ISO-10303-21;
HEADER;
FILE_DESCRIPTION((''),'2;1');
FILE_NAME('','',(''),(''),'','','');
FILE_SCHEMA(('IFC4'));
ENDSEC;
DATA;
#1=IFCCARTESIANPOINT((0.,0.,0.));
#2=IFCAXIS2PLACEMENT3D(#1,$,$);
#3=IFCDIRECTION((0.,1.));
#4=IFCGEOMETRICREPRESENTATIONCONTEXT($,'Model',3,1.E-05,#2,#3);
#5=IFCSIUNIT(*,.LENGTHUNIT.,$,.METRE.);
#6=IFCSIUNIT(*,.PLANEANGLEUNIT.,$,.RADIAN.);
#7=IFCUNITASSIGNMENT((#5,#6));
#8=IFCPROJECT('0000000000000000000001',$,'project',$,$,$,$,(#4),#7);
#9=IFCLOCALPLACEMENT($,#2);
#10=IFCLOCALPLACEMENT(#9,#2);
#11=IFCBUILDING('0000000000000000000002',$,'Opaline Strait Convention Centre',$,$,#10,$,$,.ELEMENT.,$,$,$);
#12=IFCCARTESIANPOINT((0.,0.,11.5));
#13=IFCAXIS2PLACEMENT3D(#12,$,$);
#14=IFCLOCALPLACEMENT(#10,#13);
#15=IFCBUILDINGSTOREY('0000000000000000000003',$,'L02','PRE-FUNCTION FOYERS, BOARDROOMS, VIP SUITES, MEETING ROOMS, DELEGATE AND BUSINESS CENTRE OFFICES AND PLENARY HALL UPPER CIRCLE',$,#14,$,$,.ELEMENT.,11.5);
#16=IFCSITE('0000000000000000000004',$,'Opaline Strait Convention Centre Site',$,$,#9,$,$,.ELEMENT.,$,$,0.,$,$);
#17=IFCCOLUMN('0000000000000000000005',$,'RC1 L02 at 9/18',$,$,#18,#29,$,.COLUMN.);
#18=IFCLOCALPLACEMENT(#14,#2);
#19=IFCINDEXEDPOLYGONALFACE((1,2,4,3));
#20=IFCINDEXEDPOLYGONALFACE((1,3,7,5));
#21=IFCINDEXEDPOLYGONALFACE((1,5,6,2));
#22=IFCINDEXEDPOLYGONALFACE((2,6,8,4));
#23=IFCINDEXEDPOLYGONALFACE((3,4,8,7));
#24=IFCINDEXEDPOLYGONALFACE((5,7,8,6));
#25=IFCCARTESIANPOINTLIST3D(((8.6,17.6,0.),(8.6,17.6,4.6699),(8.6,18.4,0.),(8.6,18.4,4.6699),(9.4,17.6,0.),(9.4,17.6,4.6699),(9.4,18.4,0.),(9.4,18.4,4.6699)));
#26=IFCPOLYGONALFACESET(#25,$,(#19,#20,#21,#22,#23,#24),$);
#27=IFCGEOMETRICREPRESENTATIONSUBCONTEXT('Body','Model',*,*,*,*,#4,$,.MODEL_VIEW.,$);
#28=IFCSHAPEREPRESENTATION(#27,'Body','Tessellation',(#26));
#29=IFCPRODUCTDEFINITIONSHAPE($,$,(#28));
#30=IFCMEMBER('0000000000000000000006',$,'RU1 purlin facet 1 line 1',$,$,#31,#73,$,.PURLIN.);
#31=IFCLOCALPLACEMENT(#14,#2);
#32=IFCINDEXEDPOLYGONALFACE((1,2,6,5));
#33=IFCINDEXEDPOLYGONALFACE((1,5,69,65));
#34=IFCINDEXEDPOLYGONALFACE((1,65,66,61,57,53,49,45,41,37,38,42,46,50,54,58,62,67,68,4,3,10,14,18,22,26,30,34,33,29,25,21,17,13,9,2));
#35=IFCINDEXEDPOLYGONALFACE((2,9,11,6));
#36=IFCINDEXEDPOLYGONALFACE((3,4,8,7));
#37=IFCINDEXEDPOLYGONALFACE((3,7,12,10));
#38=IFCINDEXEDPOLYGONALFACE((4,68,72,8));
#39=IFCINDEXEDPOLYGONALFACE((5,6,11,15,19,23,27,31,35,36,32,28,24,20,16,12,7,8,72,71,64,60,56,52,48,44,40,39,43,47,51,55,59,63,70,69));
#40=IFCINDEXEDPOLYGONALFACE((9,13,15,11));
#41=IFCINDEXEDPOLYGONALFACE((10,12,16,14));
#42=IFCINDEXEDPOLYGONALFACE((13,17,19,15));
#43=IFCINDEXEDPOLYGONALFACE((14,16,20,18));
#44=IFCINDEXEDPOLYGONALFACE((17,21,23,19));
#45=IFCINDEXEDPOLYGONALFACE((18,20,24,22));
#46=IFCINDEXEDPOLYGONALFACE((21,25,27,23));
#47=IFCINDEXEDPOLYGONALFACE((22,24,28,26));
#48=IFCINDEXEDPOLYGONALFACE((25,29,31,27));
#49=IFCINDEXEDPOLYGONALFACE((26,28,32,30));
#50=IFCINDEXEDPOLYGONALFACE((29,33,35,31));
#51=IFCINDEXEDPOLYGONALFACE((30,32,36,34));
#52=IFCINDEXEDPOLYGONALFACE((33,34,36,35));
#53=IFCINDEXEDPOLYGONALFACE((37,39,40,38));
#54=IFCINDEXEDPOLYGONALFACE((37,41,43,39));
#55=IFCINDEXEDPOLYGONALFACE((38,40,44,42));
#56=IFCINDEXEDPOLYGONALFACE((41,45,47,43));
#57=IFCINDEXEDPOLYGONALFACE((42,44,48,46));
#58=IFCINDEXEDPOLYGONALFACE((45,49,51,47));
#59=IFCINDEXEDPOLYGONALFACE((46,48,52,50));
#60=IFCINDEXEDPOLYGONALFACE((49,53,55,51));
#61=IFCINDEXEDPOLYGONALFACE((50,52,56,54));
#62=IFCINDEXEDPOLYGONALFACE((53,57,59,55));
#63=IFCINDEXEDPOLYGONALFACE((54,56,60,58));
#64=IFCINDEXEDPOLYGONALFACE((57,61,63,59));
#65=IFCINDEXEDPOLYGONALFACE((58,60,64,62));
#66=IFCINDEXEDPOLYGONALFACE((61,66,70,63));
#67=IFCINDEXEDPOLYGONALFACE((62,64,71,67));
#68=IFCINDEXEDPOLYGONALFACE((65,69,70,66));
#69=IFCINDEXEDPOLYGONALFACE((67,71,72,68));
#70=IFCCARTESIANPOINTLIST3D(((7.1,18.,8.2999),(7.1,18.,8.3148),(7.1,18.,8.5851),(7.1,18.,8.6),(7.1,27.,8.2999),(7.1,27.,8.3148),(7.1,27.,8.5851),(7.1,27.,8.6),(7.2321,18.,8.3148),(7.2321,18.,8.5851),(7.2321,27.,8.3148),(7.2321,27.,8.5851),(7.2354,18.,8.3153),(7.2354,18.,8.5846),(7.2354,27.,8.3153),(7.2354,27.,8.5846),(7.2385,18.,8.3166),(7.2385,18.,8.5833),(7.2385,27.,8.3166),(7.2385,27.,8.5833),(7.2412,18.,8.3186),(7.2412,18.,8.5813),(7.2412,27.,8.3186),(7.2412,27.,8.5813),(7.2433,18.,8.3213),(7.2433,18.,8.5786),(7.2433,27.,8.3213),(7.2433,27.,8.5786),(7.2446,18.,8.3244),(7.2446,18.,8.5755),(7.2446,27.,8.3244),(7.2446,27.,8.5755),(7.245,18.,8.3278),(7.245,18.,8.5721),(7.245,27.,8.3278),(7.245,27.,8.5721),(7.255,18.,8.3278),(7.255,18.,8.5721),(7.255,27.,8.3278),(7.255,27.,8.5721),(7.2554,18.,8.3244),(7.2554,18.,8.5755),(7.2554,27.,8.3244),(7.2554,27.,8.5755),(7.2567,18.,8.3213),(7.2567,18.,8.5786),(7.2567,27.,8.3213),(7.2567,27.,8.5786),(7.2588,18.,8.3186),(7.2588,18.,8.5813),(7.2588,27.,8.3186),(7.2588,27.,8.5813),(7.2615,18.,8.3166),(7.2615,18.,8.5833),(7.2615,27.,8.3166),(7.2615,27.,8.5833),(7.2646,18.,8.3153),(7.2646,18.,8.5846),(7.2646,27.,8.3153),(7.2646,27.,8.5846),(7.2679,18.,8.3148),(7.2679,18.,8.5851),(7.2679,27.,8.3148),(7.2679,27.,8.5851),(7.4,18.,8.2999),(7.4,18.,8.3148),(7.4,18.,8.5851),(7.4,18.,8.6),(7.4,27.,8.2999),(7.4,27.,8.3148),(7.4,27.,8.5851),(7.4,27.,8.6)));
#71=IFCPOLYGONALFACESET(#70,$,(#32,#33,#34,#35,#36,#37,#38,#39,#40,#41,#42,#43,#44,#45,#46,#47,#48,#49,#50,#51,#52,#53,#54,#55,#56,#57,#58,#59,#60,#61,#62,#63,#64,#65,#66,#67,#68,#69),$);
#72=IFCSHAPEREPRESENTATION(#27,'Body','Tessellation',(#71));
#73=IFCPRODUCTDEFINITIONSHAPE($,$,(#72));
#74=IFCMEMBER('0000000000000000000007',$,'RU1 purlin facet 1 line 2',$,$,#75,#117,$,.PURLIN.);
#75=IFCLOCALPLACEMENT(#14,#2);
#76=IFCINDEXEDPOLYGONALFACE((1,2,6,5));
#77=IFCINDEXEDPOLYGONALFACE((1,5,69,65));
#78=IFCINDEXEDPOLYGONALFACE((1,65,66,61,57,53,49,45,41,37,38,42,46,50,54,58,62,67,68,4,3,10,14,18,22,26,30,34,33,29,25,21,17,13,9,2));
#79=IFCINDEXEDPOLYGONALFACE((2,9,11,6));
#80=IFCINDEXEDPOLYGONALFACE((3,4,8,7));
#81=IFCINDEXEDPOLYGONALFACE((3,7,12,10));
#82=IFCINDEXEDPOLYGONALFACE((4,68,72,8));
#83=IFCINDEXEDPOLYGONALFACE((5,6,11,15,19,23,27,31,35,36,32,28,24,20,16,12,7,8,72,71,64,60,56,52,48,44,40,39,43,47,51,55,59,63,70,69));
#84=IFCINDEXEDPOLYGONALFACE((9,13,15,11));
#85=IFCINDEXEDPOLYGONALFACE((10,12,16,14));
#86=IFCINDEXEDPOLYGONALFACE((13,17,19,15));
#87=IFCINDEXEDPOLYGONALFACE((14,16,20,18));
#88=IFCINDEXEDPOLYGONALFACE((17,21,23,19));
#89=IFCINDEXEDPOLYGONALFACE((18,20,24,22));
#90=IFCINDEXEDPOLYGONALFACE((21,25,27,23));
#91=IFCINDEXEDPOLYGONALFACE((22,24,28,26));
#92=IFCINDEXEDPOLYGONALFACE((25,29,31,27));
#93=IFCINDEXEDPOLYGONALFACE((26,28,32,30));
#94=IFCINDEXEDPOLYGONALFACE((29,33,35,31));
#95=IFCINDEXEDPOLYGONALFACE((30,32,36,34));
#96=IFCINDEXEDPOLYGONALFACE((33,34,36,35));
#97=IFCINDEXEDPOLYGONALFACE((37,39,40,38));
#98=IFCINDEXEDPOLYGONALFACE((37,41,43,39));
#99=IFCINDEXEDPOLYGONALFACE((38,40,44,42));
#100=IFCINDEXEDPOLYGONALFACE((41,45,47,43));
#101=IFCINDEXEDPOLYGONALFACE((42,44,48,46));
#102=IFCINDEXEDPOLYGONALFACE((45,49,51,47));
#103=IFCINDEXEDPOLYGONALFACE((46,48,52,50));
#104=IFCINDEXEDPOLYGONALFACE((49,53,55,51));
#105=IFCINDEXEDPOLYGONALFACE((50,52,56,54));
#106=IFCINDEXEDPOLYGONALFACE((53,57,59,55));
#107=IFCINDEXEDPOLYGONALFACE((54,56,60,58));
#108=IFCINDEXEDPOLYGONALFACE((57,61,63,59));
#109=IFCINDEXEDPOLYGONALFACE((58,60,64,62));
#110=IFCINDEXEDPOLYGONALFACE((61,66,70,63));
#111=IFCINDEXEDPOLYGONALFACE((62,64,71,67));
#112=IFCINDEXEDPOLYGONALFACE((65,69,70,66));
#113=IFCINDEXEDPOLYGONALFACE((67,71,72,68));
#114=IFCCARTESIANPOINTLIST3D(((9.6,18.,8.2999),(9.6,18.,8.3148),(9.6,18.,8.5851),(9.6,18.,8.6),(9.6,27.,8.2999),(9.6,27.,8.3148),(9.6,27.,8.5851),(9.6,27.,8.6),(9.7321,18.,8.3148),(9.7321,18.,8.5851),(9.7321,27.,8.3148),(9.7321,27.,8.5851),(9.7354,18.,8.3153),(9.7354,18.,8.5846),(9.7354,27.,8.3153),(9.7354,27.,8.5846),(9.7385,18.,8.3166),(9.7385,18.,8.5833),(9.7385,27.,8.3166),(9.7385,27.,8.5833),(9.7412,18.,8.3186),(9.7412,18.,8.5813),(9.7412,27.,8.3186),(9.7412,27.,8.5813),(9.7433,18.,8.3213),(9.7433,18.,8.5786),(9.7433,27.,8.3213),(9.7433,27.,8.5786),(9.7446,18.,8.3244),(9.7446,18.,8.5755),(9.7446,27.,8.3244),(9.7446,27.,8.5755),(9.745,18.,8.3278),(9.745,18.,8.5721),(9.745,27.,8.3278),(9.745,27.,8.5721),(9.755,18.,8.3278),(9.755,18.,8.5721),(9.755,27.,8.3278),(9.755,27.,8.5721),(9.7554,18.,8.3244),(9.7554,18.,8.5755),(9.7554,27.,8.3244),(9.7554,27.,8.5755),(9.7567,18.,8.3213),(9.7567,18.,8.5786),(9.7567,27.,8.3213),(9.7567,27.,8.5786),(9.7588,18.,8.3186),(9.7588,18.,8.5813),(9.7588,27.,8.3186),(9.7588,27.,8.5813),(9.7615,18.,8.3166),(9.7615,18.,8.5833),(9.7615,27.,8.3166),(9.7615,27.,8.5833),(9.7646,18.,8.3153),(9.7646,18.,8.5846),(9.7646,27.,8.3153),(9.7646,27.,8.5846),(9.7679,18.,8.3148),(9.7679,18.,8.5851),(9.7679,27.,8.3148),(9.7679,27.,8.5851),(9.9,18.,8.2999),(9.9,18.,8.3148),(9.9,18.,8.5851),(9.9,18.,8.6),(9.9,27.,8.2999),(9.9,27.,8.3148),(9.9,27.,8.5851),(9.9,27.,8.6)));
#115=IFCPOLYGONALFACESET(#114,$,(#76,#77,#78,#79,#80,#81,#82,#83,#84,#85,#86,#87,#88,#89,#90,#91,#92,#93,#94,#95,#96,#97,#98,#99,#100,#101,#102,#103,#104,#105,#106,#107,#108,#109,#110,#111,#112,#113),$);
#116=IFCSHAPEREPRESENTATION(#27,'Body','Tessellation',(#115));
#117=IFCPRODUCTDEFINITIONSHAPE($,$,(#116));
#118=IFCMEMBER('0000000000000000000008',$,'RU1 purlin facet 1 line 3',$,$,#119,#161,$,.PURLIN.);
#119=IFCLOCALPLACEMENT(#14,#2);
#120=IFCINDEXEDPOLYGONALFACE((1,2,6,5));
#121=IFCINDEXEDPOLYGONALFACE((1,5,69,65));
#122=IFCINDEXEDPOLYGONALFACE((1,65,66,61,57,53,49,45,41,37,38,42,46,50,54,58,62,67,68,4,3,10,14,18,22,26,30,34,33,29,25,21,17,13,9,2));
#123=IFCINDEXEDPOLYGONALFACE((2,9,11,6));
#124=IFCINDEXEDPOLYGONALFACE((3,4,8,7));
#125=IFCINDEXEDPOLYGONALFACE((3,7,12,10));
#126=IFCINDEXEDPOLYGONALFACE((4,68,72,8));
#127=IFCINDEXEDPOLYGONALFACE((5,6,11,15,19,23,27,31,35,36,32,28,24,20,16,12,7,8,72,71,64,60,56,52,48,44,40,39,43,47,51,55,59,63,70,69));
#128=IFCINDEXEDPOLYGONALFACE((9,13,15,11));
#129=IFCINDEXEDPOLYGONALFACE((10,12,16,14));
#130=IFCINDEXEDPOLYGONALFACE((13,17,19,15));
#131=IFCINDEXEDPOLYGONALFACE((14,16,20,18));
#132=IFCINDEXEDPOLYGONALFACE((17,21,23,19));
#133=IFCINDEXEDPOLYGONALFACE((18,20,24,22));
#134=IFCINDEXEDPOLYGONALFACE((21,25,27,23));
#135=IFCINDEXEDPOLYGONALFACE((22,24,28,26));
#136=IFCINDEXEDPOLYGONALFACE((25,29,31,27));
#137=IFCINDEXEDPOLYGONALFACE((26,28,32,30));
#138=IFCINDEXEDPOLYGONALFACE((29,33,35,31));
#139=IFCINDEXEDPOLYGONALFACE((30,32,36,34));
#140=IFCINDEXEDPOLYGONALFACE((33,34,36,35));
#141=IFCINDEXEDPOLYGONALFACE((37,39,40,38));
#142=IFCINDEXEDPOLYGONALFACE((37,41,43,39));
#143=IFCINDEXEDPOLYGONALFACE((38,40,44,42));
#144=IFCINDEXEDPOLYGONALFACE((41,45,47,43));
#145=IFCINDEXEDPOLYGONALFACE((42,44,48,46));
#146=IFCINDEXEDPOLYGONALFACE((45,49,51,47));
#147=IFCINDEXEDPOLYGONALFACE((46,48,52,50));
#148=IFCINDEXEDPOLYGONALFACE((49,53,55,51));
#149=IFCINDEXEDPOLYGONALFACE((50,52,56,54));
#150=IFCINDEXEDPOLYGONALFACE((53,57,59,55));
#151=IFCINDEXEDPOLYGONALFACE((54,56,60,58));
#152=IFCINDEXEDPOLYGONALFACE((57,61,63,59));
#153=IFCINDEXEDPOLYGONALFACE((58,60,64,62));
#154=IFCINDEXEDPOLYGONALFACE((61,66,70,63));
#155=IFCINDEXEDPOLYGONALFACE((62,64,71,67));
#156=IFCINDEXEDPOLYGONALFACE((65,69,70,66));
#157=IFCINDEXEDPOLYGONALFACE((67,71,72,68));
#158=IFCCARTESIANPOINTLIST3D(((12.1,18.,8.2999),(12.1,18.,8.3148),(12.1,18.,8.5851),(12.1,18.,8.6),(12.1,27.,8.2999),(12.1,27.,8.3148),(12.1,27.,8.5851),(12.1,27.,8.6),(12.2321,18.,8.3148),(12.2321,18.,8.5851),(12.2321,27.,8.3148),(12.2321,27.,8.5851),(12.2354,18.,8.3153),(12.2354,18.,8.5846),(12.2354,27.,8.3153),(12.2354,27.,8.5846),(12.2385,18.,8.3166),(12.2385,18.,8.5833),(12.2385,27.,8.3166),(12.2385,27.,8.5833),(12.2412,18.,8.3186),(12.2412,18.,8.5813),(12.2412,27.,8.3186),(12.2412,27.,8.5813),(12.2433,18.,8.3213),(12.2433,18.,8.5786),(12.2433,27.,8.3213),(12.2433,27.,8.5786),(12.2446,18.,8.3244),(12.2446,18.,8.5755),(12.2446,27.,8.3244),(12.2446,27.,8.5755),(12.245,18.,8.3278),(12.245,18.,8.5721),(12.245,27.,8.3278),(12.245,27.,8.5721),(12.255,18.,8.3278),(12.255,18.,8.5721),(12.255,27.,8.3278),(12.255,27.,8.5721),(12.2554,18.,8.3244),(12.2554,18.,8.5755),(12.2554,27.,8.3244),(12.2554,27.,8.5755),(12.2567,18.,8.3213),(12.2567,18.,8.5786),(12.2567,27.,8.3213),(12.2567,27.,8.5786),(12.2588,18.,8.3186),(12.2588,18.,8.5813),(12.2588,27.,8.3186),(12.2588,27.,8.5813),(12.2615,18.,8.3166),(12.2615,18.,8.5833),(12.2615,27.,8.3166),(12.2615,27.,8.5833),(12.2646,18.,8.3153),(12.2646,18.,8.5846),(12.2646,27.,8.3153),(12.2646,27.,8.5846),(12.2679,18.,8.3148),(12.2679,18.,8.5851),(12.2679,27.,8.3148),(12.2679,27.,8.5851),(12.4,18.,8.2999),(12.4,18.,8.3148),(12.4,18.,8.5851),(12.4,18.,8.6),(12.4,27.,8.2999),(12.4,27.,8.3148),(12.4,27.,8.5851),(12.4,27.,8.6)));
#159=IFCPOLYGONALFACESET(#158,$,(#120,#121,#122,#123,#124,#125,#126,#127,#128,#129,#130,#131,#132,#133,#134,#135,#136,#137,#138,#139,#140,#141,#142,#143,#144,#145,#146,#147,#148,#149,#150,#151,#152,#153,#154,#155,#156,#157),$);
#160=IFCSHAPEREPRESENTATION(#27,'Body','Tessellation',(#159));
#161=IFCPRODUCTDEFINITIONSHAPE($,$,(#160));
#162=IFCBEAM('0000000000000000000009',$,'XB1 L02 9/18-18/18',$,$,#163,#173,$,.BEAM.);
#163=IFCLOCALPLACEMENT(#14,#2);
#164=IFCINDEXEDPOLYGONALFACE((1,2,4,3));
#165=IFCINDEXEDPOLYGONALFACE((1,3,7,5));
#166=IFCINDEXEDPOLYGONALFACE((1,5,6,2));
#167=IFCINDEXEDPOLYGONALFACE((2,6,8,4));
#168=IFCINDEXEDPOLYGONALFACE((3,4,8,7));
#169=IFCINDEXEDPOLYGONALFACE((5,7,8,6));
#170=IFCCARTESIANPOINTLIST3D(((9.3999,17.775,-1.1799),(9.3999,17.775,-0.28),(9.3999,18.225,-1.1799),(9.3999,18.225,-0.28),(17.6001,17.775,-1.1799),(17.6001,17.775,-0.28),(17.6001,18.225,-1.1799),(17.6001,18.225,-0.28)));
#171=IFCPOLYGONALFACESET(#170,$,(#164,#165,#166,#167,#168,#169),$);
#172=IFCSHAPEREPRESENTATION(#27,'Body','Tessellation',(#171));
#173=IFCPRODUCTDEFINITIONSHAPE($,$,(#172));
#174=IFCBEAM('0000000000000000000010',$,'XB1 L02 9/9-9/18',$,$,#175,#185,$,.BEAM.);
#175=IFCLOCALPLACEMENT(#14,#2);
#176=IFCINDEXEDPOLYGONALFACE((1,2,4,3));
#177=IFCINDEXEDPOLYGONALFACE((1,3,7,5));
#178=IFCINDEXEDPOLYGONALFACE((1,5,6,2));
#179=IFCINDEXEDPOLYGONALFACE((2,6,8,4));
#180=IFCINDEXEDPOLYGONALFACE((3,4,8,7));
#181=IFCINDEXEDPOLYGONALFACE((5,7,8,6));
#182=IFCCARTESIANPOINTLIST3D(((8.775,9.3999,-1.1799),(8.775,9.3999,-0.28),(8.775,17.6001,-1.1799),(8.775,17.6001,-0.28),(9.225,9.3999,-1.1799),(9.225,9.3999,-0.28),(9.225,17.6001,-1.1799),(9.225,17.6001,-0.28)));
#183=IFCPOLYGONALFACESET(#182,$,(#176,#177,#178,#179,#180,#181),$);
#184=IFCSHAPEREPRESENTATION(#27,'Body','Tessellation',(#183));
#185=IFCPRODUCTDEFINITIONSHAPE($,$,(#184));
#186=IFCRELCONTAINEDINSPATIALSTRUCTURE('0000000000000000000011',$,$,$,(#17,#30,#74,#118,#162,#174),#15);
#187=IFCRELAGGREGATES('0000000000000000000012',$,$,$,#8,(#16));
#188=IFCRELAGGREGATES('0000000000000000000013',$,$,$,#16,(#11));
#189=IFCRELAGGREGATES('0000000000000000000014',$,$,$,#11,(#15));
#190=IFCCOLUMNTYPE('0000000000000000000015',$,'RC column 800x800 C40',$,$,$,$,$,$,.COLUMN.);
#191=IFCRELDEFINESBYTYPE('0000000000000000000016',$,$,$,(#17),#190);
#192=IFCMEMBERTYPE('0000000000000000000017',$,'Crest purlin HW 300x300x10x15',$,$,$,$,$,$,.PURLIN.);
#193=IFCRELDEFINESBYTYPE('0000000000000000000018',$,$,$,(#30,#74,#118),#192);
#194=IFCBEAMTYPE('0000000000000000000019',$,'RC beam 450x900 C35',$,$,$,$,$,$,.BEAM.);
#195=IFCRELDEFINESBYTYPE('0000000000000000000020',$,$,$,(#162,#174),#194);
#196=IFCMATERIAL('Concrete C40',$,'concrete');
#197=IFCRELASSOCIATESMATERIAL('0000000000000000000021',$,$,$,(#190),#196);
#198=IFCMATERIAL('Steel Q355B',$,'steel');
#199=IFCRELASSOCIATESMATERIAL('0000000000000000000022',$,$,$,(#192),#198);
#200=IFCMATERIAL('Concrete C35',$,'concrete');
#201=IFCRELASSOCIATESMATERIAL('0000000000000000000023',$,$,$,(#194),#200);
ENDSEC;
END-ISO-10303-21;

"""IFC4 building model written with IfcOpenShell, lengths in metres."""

from ifc_helpers import new_model, si_unit, direction, frame, origin, origin_2d, place, context, subcontext, project, spatial, rectangle, i_section, extrude, material, material_profile, profile_set, type_object, element, save


model = new_model("IFC4")

# Units and contexts
model_context = context("Model", 3, precision=1e-05, world=origin(), true_north=direction((0.0, 1.0)))
body_context = subcontext(model_context, "Body", "Model", "MODEL_VIEW")
ifc_project = project(units=[si_unit("LENGTHUNIT", "METRE"), si_unit("PLANEANGLEUNIT", "RADIAN")], contexts=[model_context])

# Site, building, storey
site_placement = place(None, origin())
site = spatial("IfcSite", under=ifc_project, at=site_placement, Name="Opaline Strait Convention Centre Site", CompositionType="ELEMENT", RefElevation=0.0)
building_placement = place(site_placement, origin())
building = spatial("IfcBuilding", under=site, at=building_placement, Name="Opaline Strait Convention Centre", CompositionType="ELEMENT")
storey_placement = place(building_placement, frame((0.0, 0.0, 11.5)))
storey = spatial("IfcBuildingStorey", under=building, at=storey_placement, Name="L02", Description="PRE-FUNCTION FOYERS, BOARDROOMS, VIP SUITES, MEETING ROOMS, DELEGATE AND BUSINESS CENTRE OFFICES AND PLENARY HALL UPPER CIRCLE", CompositionType="ELEMENT", Elevation=11.5)

# Column
ifc_material_1 = material(Name="Concrete C40", Category="concrete")
ifc_material_profile_1 = material_profile(ifc_material_1, rectangle(XDim=0.8, YDim=0.8, at=origin_2d()), Name="RC 800x800")
ifc_profile_set_1 = profile_set([ifc_material_profile_1], Name="Concrete C40")
column_type = type_object("IfcColumnType", Name="RC column 800x800 C40", PredefinedType="COLUMN", material=ifc_profile_set_1)
column_placement = place(storey_placement, frame((9.0, 18.0, 0.0), z_axis=(0.0, 0.0, 1.0), x_axis=(1.0, 0.0, 0.0)))
element("IfcColumn", 1, at=column_placement, inside=storey, type_object=column_type, Name="RC1 L02 at 9/18", PredefinedType="COLUMN", context=body_context, shape_type="SweptSolid", body=[
    extrude(rectangle(XDim=0.8, YDim=0.8, at=origin_2d()), origin(), (0.0, 0.0, 1.0), 4.6699),
])

# Members
ifc_material_2 = material(Name="Steel Q355B", Category="steel")
ifc_material_profile_2 = material_profile(ifc_material_2, i_section(OverallWidth=0.3, OverallDepth=0.3, WebThickness=0.01, FlangeThickness=0.0149, FilletRadius=0.0129, at=origin_2d()), Name="HW 300x300x10x15")
ifc_profile_set_2 = profile_set([ifc_material_profile_2], Name="Steel Q355B")
member_type_1 = type_object("IfcMemberType", Name="Crest purlin HW 300x300x10x15", PredefinedType="PURLIN", material=ifc_profile_set_2)
for number, where, z_axis, x_axis, name in (
    (2, (7.25, 18.0, 8.45), (0.0, 1.0, 0.0), (-1.0, 0.0, 0.0), "RU1 purlin facet 1 line 1"),
    (3, (9.75, 18.0, 8.45), (0.0, 1.0, 0.0), (-1.0, 0.0, 0.0), "RU1 purlin facet 1 line 2"),
    (4, (12.25, 18.0, 8.45), (0.0, 1.0, 0.0), (-1.0, 0.0, 0.0), "RU1 purlin facet 1 line 3"),
):
    element("IfcMember", number, at=place(storey_placement, frame(where, z_axis=z_axis, x_axis=x_axis)), inside=storey, type_object=member_type_1, Name=name, PredefinedType="PURLIN", context=body_context, shape_type="SweptSolid", body=[
        extrude(i_section(OverallWidth=0.3, OverallDepth=0.3, WebThickness=0.01, FlangeThickness=0.0149, FilletRadius=0.0129, at=origin_2d()), origin(), (0.0, 0.0, 1.0), 9.0),
    ])

# Beams
ifc_material_3 = material(Name="Concrete C35", Category="concrete")
ifc_material_profile_3 = material_profile(ifc_material_3, rectangle(XDim=0.45, YDim=0.8999, at=origin_2d()), Name="RC 450x900")
ifc_profile_set_3 = profile_set([ifc_material_profile_3], Name="Concrete C35")
beam_type = type_object("IfcBeamType", Name="RC beam 450x900 C35", PredefinedType="BEAM", material=ifc_profile_set_3)
for number, where, z_axis, x_axis, name in (
    (5, (9.3999, 18.0, -0.73), (1.0, 0.0, 0.0), (0.0, 1.0, 0.0), "XB1 L02 9/18-18/18"),
    (6, (9.0, 9.3999, -0.73), (0.0, 1.0, 0.0), (-1.0, 0.0, 0.0), "XB1 L02 9/9-9/18"),
):
    element("IfcBeam", number, at=place(storey_placement, frame(where, z_axis=z_axis, x_axis=x_axis)), inside=storey, type_object=beam_type, Name=name, PredefinedType="BEAM", context=body_context, shape_type="SweptSolid", body=[
        extrude(rectangle(XDim=0.45, YDim=0.8999, at=origin_2d()), origin(), (0.0, 0.0, 1.0), 8.2002),
    ])

save(model, "model.ifc")
